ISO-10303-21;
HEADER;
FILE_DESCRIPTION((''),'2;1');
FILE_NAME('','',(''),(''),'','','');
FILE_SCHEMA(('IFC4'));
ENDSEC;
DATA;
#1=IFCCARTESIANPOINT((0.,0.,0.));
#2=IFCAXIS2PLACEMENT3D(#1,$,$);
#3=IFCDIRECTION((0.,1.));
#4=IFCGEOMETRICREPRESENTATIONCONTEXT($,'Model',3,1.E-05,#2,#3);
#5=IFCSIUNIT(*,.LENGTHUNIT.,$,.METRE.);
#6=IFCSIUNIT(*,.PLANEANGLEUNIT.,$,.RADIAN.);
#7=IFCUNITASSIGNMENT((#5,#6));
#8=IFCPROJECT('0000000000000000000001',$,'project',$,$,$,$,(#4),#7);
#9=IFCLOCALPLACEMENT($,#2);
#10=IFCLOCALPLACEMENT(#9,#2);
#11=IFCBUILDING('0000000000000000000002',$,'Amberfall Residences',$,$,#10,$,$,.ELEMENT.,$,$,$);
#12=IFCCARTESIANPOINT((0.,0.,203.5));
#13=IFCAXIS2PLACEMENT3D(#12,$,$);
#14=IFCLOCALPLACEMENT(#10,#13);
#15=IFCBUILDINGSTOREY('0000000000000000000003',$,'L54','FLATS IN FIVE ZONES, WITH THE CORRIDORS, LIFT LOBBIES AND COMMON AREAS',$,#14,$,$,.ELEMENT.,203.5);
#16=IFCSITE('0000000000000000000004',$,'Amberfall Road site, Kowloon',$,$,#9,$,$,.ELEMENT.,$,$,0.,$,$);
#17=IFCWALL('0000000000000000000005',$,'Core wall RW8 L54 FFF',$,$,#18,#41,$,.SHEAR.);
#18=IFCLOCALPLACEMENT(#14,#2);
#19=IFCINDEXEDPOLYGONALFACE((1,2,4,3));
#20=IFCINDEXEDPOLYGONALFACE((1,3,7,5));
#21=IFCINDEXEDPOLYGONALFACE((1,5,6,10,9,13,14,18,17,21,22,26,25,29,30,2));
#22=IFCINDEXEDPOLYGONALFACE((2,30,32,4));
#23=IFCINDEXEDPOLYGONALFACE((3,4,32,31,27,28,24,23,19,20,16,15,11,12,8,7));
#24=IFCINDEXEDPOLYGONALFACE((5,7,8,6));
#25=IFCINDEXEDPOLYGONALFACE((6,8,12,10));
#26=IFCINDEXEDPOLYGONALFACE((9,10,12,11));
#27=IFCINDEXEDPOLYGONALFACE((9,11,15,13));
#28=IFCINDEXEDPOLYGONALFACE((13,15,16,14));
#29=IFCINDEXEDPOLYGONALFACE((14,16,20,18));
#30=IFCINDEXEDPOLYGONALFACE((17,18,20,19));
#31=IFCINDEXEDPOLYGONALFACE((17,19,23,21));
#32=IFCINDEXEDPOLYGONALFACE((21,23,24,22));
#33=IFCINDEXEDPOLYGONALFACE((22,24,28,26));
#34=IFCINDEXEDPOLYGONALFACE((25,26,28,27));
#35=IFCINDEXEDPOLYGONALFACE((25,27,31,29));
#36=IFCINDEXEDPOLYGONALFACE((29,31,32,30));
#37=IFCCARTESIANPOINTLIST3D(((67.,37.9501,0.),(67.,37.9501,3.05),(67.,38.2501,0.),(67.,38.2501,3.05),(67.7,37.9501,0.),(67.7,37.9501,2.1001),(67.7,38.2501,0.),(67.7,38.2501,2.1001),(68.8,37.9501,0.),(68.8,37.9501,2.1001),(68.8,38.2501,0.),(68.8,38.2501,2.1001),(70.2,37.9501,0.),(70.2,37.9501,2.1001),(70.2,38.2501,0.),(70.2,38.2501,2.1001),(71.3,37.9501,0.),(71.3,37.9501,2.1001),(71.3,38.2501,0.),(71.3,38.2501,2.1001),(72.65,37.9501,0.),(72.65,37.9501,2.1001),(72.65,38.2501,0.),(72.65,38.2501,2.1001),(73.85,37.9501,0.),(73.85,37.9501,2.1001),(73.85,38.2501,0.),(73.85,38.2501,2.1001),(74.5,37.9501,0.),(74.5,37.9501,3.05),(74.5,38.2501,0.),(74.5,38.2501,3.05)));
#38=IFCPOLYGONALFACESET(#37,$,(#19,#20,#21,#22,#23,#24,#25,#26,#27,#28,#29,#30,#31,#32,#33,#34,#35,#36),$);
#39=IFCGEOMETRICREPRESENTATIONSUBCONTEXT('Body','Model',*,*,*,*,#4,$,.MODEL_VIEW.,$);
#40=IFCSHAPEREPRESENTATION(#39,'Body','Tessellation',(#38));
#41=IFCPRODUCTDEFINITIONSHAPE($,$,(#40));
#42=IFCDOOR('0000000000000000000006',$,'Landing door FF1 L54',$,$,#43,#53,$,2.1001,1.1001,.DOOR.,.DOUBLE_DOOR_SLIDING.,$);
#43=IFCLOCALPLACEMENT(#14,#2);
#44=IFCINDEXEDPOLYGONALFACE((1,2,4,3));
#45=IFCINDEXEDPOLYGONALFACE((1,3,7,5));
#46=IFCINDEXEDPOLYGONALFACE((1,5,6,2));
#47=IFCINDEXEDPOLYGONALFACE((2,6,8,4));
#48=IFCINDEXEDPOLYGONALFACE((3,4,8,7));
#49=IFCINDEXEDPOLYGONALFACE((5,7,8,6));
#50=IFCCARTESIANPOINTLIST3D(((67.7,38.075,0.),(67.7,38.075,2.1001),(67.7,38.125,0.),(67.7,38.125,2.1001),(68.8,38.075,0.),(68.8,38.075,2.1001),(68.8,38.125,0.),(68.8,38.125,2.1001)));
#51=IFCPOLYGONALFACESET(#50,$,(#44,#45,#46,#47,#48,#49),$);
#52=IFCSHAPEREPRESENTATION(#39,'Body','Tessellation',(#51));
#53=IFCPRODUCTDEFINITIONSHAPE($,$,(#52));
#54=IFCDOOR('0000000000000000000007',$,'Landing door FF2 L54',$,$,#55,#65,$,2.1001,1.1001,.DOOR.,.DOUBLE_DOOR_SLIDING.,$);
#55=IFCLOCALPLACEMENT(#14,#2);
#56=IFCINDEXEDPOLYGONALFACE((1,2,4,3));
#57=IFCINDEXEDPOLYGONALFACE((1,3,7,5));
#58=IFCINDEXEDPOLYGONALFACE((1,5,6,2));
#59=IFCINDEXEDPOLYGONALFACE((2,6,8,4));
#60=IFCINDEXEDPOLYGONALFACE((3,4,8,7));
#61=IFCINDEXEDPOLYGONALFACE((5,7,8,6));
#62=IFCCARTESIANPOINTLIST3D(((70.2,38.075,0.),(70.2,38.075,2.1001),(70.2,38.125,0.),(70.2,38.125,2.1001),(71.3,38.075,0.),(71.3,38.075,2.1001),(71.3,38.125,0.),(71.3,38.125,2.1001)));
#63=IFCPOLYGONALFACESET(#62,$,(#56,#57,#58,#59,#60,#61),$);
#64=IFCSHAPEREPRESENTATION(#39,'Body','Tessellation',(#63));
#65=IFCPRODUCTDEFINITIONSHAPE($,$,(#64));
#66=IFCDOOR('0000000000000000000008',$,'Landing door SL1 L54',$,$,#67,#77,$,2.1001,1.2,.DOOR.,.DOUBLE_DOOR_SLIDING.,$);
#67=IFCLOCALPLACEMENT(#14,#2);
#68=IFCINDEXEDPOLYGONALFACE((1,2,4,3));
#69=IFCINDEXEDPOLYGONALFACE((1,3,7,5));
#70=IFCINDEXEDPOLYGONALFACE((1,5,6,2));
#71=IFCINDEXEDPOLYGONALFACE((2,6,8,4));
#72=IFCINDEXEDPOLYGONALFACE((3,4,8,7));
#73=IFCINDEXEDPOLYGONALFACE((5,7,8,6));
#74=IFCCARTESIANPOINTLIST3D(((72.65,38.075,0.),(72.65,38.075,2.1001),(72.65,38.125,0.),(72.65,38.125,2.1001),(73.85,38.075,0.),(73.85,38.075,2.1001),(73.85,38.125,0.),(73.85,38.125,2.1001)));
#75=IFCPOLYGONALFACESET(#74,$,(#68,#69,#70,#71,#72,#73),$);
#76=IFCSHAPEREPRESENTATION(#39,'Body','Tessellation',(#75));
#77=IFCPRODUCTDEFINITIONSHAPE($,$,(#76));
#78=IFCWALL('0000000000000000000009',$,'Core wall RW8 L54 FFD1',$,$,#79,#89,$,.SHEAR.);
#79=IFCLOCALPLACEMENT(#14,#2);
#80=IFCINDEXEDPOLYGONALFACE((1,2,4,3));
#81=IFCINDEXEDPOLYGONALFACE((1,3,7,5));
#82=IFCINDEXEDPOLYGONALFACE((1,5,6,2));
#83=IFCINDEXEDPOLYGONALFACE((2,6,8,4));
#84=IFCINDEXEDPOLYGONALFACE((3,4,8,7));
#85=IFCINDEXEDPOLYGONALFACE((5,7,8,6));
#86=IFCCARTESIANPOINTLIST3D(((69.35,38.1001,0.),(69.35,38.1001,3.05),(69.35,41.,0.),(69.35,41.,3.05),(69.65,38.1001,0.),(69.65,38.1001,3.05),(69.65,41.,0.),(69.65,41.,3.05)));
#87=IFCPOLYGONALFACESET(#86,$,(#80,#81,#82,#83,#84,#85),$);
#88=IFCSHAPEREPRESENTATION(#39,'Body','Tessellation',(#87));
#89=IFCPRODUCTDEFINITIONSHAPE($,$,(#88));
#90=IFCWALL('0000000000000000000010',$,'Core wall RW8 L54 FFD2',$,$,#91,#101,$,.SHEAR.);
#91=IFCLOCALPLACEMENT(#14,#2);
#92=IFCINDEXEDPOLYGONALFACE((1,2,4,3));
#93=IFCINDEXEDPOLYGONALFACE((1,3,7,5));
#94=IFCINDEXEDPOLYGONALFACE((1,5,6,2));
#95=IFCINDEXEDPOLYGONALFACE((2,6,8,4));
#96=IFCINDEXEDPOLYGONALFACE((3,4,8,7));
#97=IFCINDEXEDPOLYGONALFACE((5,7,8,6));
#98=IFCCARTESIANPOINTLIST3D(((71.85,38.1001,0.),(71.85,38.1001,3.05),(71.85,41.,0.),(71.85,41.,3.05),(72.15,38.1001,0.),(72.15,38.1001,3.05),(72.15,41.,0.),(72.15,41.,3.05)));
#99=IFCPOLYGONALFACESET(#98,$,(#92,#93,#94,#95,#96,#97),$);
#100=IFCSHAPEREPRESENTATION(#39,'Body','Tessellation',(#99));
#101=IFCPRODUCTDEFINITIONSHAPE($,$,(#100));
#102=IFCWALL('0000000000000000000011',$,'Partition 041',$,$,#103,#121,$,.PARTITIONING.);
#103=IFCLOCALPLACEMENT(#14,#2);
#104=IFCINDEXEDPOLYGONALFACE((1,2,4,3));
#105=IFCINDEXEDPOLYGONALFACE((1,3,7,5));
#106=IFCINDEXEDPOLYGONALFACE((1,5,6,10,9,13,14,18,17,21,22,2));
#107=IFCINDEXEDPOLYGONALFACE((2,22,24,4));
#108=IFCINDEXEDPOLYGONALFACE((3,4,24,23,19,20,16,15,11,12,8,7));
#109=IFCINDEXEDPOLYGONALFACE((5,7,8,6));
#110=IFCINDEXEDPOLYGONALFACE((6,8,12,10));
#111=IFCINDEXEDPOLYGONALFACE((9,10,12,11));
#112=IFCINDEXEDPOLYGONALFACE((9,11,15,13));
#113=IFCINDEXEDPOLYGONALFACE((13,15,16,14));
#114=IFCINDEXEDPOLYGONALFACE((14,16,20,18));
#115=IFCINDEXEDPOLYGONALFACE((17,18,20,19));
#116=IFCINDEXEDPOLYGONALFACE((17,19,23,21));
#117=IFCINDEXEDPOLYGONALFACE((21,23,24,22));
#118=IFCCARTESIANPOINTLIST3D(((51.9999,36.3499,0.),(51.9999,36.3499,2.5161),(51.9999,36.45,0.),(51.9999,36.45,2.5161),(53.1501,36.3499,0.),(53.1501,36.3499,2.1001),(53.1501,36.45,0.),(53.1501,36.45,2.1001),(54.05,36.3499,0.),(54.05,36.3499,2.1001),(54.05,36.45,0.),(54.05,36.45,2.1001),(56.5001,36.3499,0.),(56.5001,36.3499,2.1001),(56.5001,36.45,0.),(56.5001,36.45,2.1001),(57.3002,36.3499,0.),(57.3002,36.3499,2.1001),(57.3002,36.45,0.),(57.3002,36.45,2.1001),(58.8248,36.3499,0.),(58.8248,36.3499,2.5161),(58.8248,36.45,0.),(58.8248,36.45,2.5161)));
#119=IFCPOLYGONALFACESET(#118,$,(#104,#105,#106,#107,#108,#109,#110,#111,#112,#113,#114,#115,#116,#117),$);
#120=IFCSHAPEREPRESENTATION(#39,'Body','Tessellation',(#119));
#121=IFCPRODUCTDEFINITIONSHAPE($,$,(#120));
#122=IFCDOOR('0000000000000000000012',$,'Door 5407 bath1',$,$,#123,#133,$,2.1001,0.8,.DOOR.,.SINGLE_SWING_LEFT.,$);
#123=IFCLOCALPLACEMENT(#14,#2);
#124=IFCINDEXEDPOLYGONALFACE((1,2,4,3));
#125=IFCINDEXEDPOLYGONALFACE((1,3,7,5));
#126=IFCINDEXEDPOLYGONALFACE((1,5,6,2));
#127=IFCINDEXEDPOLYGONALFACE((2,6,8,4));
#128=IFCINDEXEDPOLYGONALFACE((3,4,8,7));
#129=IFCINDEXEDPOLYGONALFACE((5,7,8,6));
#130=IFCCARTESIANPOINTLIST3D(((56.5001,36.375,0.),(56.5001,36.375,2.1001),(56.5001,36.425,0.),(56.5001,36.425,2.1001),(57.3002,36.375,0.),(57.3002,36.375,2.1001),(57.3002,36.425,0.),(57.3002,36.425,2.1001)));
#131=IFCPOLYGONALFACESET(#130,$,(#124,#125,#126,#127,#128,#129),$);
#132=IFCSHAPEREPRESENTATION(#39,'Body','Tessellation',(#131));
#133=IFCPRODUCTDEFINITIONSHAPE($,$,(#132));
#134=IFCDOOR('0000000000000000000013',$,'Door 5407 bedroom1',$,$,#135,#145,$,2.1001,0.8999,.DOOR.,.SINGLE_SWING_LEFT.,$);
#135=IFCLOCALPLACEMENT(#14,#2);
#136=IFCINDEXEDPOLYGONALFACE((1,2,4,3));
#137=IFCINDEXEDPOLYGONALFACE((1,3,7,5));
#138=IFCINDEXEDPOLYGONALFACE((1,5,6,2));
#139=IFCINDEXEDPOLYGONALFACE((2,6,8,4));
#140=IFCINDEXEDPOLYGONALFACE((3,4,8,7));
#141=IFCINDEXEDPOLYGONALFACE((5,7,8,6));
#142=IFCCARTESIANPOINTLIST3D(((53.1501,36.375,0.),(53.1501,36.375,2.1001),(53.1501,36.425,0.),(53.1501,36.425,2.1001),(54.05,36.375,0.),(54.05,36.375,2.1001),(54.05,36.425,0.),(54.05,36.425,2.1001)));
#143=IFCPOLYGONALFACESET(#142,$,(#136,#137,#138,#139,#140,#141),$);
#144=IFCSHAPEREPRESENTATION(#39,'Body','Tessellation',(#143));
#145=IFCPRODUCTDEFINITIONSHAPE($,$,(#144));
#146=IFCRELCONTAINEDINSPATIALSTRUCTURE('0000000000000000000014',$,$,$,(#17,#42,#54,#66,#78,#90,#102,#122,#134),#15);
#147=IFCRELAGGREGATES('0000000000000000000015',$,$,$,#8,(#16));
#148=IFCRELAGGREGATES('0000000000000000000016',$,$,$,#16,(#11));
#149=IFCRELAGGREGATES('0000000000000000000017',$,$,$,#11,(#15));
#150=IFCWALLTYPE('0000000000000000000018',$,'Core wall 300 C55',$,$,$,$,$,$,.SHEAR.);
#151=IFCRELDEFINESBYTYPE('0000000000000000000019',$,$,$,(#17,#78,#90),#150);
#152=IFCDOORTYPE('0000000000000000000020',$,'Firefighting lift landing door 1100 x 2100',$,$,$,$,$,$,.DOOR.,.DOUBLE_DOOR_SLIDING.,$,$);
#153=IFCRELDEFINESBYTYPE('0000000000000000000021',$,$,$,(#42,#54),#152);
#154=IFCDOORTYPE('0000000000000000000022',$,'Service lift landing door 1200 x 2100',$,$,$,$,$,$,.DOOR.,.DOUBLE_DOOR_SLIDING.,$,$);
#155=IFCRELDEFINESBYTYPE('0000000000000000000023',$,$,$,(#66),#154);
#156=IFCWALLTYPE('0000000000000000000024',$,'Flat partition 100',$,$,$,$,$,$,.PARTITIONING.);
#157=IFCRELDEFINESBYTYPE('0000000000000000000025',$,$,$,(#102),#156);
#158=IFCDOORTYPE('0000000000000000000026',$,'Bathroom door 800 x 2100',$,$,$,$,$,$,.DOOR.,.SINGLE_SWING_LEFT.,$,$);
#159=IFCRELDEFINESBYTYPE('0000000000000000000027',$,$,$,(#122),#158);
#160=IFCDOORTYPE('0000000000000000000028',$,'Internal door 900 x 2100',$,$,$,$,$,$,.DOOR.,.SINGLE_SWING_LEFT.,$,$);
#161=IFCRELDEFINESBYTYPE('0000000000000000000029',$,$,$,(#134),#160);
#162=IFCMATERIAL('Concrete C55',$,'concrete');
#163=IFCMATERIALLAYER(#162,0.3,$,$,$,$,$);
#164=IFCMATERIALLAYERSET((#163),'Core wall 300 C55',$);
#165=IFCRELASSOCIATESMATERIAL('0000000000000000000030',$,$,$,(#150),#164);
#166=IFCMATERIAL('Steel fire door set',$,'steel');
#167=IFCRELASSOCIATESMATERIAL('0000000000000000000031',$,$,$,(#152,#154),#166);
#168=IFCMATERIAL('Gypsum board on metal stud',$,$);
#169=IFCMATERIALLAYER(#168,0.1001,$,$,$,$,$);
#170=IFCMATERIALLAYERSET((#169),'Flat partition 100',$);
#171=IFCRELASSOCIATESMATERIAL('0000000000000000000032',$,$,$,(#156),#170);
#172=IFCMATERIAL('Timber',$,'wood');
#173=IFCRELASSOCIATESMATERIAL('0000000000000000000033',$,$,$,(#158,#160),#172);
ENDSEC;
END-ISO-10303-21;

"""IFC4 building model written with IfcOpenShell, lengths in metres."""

from ifc_helpers import new_model, si_unit, direction, frame, frame_2d, origin, place, context, subcontext, project, spatial, rectangle, extrude, material, layer, layer_set, type_object, element, fill, save


model = new_model("IFC4")

# Units and contexts
model_context = context("Model", 3, precision=1e-05, world=origin(), true_north=direction((0.0, 1.0)))
body_context = subcontext(model_context, "Body", "Model", "MODEL_VIEW")
ifc_project = project(units=[si_unit("LENGTHUNIT", "METRE"), si_unit("PLANEANGLEUNIT", "RADIAN")], contexts=[model_context])

# Site, building, storey
site_placement = place(None, origin())
site = spatial("IfcSite", under=ifc_project, at=site_placement, Name="Amberfall Road site, Kowloon", CompositionType="ELEMENT", RefElevation=0.0)
building_placement = place(site_placement, origin())
building = spatial("IfcBuilding", under=site, at=building_placement, Name="Amberfall Residences", CompositionType="ELEMENT")
storey_placement = place(building_placement, frame((0.0, 0.0, 203.5)))
storey = spatial("IfcBuildingStorey", under=building, at=storey_placement, Name="L54", Description="FLATS IN FIVE ZONES, WITH THE CORRIDORS, LIFT LOBBIES AND COMMON AREAS", CompositionType="ELEMENT", Elevation=203.5)

# Shared definitions
ifc_material_1 = material(Name="Concrete C55", Category="concrete")
ifc_layer_1 = layer(ifc_material_1, 0.3)
ifc_layer_set_1 = layer_set([ifc_layer_1], Name="Core wall 300 C55")
wall_type_1 = type_object("IfcWallType", Name="Core wall 300 C55", PredefinedType="SHEAR", material=ifc_layer_set_1)

# Shared definitions
ifc_material_2 = material(Name="Steel fire door set", Category="steel")

# Wall, openings, doors
wall_1_placement = place(storey_placement, frame((67.0, 38.1001, 0.0), z_axis=(0.0, 0.0, 1.0), x_axis=(1.0, 0.0, 0.0)))
wall_1 = element("IfcWall", 1, at=wall_1_placement, inside=storey, type_object=wall_type_1, Name="Core wall RW8 L54 FFF", PredefinedType="SHEAR", context=body_context, shape_type="SweptSolid", body=[
    extrude(rectangle(XDim=7.5, YDim=0.3, at=frame_2d((3.75, 0.0))), origin(), (0.0, 0.0, 1.0), 3.05),
])
opening_1_placement = place(wall_1_placement, frame((0.7, 0.0, 0.0)))
opening_1 = element("IfcOpeningElement", 2, at=opening_1_placement, cuts=wall_1, PredefinedType="OPENING", context=body_context, shape_type="SweptSolid", body=[
    extrude(rectangle(XDim=1.1001, YDim=2.1001, at=frame_2d((0.55, 1.05))), frame((0.0, 0.1599, 0.0), z_axis=(0.0, -1.0, 0.0), x_axis=(1.0, 0.0, 0.0)), (0.0, 0.0, 1.0), 0.3201),
])
opening_2_placement = place(wall_1_placement, frame((3.2, 0.0, 0.0)))
opening_2 = element("IfcOpeningElement", 3, at=opening_2_placement, cuts=wall_1, PredefinedType="OPENING", context=body_context, shape_type="SweptSolid", body=[
    extrude(rectangle(XDim=1.1001, YDim=2.1001, at=frame_2d((0.55, 1.05))), frame((0.0, 0.1599, 0.0), z_axis=(0.0, -1.0, 0.0), x_axis=(1.0, 0.0, 0.0)), (0.0, 0.0, 1.0), 0.3201),
])
opening_3_placement = place(wall_1_placement, frame((5.6499, 0.0, 0.0)))
opening_3 = element("IfcOpeningElement", 4, at=opening_3_placement, cuts=wall_1, PredefinedType="OPENING", context=body_context, shape_type="SweptSolid", body=[
    extrude(rectangle(XDim=1.2, YDim=2.1001, at=frame_2d((0.6001, 1.05))), frame((0.0, 0.1599, 0.0), z_axis=(0.0, -1.0, 0.0), x_axis=(1.0, 0.0, 0.0)), (0.0, 0.0, 1.0), 0.3201),
])
door_type_1 = type_object("IfcDoorType", Name="Firefighting lift landing door 1100 x 2100", OperationType="DOUBLE_DOOR_SLIDING", PredefinedType="DOOR", material=ifc_material_2)
door_1_placement = place(opening_1_placement, origin())
door_1 = element("IfcDoor", 5, at=door_1_placement, inside=storey, type_object=door_type_1, Name="Landing door FF1 L54", OperationType="DOUBLE_DOOR_SLIDING", OverallHeight=2.1001, OverallWidth=1.1001, PredefinedType="DOOR", context=body_context, shape_type="SweptSolid", body=[
    extrude(rectangle(XDim=1.1001, YDim=2.1001, at=frame_2d((0.55, 1.05))), frame((0.0, 0.0249, 0.0), z_axis=(0.0, -1.0, 0.0), x_axis=(1.0, 0.0, 0.0)), (0.0, 0.0, 1.0), 0.05),
])
fill(opening_1, door_1)
door_2_placement = place(opening_2_placement, origin())
door_2 = element("IfcDoor", 6, at=door_2_placement, inside=storey, type_object=door_type_1, Name="Landing door FF2 L54", OperationType="DOUBLE_DOOR_SLIDING", OverallHeight=2.1001, OverallWidth=1.1001, PredefinedType="DOOR", context=body_context, shape_type="SweptSolid", body=[
    extrude(rectangle(XDim=1.1001, YDim=2.1001, at=frame_2d((0.55, 1.05))), frame((0.0, 0.0249, 0.0), z_axis=(0.0, -1.0, 0.0), x_axis=(1.0, 0.0, 0.0)), (0.0, 0.0, 1.0), 0.05),
])
fill(opening_2, door_2)
door_type_2 = type_object("IfcDoorType", Name="Service lift landing door 1200 x 2100", OperationType="DOUBLE_DOOR_SLIDING", PredefinedType="DOOR", material=ifc_material_2)
door_3_placement = place(opening_3_placement, origin())
door_3 = element("IfcDoor", 7, at=door_3_placement, inside=storey, type_object=door_type_2, Name="Landing door SL1 L54", OperationType="DOUBLE_DOOR_SLIDING", OverallHeight=2.1001, OverallWidth=1.2, PredefinedType="DOOR", context=body_context, shape_type="SweptSolid", body=[
    extrude(rectangle(XDim=1.2, YDim=2.1001, at=frame_2d((0.6001, 1.05))), frame((0.0, 0.0249, 0.0), z_axis=(0.0, -1.0, 0.0), x_axis=(1.0, 0.0, 0.0)), (0.0, 0.0, 1.0), 0.05),
])
fill(opening_3, door_3)

# Walls
for number, where, z_axis, x_axis, name in (
    (8, (69.5, 38.1001, 0.0), (0.0, 0.0, 1.0), (0.0, 1.0, 0.0), "Core wall RW8 L54 FFD1"),
    (9, (72.0, 38.1001, 0.0), (0.0, 0.0, 1.0), (0.0, 1.0, 0.0), "Core wall RW8 L54 FFD2"),
):
    element("IfcWall", number, at=place(storey_placement, frame(where, z_axis=z_axis, x_axis=x_axis)), inside=storey, type_object=wall_type_1, Name=name, PredefinedType="SHEAR", context=body_context, shape_type="SweptSolid", body=[
        extrude(rectangle(XDim=2.8999, YDim=0.3, at=frame_2d((1.45, 0.0))), origin(), (0.0, 0.0, 1.0), 3.05),
    ])

# Wall, openings, doors
ifc_material_3 = material(Name="Gypsum board on metal stud")
ifc_layer_2 = layer(ifc_material_3, 0.1001)
ifc_layer_set_2 = layer_set([ifc_layer_2], Name="Flat partition 100")
wall_type_2 = type_object("IfcWallType", Name="Flat partition 100", PredefinedType="PARTITIONING", material=ifc_layer_set_2)
wall_2_placement = place(storey_placement, frame((58.825, 36.3999, 0.0), z_axis=(0.0, 0.0, 1.0), x_axis=(-1.0, 0.0, 0.0)))
wall_2 = element("IfcWall", 10, at=wall_2_placement, inside=storey, type_object=wall_type_2, Name="Partition 041", PredefinedType="PARTITIONING", context=body_context, shape_type="SweptSolid", body=[
    extrude(rectangle(XDim=6.825, YDim=0.1001, at=frame_2d((3.4126, 0.0))), origin(), (0.0, 0.0, 1.0), 2.5161),
])
opening_4_placement = place(wall_2_placement, frame((4.7749, 0.0, 0.0)))
opening_4 = element("IfcOpeningElement", 11, at=opening_4_placement, cuts=wall_2, PredefinedType="OPENING", context=body_context, shape_type="SweptSolid", body=[
    extrude(rectangle(XDim=0.8999, YDim=2.1001, at=frame_2d((0.45, 1.05))), frame((0.0, 0.0601, 0.0), z_axis=(0.0, -1.0, 0.0), x_axis=(1.0, 0.0, 0.0)), (0.0, 0.0, 1.0), 0.1201),
])
opening_5_placement = place(wall_2_placement, frame((1.5249, 0.0, 0.0)))
opening_5 = element("IfcOpeningElement", 12, at=opening_5_placement, cuts=wall_2, PredefinedType="OPENING", context=body_context, shape_type="SweptSolid", body=[
    extrude(rectangle(XDim=0.8, YDim=2.1001, at=frame_2d((0.3999, 1.05))), frame((0.0, 0.0601, 0.0), z_axis=(0.0, -1.0, 0.0), x_axis=(1.0, 0.0, 0.0)), (0.0, 0.0, 1.0), 0.1201),
])
ifc_material_4 = material(Name="Timber", Category="wood")
door_type_3 = type_object("IfcDoorType", Name="Bathroom door 800 x 2100", OperationType="SINGLE_SWING_LEFT", PredefinedType="DOOR", material=ifc_material_4)
door_4_placement = place(opening_5_placement, origin())
door_4 = element("IfcDoor", 13, at=door_4_placement, inside=storey, type_object=door_type_3, Name="Door 5407 bath1", OperationType="SINGLE_SWING_LEFT", OverallHeight=2.1001, OverallWidth=0.8, PredefinedType="DOOR", context=body_context, shape_type="SweptSolid", body=[
    extrude(rectangle(XDim=0.8, YDim=2.1001, at=frame_2d((0.3999, 1.05))), frame((0.0, 0.0249, 0.0), z_axis=(0.0, -1.0, 0.0), x_axis=(1.0, 0.0, 0.0)), (0.0, 0.0, 1.0), 0.05),
])
fill(opening_5, door_4)
door_type_4 = type_object("IfcDoorType", Name="Internal door 900 x 2100", OperationType="SINGLE_SWING_LEFT", PredefinedType="DOOR", material=ifc_material_4)
door_5_placement = place(opening_4_placement, origin())
door_5 = element("IfcDoor", 14, at=door_5_placement, inside=storey, type_object=door_type_4, Name="Door 5407 bedroom1", OperationType="SINGLE_SWING_LEFT", OverallHeight=2.1001, OverallWidth=0.8999, PredefinedType="DOOR", context=body_context, shape_type="SweptSolid", body=[
    extrude(rectangle(XDim=0.8999, YDim=2.1001, at=frame_2d((0.45, 1.05))), frame((0.0, 0.0249, 0.0), z_axis=(0.0, -1.0, 0.0), x_axis=(1.0, 0.0, 0.0)), (0.0, 0.0, 1.0), 0.05),
])
fill(opening_4, door_5)

save(model, "model.ifc")
